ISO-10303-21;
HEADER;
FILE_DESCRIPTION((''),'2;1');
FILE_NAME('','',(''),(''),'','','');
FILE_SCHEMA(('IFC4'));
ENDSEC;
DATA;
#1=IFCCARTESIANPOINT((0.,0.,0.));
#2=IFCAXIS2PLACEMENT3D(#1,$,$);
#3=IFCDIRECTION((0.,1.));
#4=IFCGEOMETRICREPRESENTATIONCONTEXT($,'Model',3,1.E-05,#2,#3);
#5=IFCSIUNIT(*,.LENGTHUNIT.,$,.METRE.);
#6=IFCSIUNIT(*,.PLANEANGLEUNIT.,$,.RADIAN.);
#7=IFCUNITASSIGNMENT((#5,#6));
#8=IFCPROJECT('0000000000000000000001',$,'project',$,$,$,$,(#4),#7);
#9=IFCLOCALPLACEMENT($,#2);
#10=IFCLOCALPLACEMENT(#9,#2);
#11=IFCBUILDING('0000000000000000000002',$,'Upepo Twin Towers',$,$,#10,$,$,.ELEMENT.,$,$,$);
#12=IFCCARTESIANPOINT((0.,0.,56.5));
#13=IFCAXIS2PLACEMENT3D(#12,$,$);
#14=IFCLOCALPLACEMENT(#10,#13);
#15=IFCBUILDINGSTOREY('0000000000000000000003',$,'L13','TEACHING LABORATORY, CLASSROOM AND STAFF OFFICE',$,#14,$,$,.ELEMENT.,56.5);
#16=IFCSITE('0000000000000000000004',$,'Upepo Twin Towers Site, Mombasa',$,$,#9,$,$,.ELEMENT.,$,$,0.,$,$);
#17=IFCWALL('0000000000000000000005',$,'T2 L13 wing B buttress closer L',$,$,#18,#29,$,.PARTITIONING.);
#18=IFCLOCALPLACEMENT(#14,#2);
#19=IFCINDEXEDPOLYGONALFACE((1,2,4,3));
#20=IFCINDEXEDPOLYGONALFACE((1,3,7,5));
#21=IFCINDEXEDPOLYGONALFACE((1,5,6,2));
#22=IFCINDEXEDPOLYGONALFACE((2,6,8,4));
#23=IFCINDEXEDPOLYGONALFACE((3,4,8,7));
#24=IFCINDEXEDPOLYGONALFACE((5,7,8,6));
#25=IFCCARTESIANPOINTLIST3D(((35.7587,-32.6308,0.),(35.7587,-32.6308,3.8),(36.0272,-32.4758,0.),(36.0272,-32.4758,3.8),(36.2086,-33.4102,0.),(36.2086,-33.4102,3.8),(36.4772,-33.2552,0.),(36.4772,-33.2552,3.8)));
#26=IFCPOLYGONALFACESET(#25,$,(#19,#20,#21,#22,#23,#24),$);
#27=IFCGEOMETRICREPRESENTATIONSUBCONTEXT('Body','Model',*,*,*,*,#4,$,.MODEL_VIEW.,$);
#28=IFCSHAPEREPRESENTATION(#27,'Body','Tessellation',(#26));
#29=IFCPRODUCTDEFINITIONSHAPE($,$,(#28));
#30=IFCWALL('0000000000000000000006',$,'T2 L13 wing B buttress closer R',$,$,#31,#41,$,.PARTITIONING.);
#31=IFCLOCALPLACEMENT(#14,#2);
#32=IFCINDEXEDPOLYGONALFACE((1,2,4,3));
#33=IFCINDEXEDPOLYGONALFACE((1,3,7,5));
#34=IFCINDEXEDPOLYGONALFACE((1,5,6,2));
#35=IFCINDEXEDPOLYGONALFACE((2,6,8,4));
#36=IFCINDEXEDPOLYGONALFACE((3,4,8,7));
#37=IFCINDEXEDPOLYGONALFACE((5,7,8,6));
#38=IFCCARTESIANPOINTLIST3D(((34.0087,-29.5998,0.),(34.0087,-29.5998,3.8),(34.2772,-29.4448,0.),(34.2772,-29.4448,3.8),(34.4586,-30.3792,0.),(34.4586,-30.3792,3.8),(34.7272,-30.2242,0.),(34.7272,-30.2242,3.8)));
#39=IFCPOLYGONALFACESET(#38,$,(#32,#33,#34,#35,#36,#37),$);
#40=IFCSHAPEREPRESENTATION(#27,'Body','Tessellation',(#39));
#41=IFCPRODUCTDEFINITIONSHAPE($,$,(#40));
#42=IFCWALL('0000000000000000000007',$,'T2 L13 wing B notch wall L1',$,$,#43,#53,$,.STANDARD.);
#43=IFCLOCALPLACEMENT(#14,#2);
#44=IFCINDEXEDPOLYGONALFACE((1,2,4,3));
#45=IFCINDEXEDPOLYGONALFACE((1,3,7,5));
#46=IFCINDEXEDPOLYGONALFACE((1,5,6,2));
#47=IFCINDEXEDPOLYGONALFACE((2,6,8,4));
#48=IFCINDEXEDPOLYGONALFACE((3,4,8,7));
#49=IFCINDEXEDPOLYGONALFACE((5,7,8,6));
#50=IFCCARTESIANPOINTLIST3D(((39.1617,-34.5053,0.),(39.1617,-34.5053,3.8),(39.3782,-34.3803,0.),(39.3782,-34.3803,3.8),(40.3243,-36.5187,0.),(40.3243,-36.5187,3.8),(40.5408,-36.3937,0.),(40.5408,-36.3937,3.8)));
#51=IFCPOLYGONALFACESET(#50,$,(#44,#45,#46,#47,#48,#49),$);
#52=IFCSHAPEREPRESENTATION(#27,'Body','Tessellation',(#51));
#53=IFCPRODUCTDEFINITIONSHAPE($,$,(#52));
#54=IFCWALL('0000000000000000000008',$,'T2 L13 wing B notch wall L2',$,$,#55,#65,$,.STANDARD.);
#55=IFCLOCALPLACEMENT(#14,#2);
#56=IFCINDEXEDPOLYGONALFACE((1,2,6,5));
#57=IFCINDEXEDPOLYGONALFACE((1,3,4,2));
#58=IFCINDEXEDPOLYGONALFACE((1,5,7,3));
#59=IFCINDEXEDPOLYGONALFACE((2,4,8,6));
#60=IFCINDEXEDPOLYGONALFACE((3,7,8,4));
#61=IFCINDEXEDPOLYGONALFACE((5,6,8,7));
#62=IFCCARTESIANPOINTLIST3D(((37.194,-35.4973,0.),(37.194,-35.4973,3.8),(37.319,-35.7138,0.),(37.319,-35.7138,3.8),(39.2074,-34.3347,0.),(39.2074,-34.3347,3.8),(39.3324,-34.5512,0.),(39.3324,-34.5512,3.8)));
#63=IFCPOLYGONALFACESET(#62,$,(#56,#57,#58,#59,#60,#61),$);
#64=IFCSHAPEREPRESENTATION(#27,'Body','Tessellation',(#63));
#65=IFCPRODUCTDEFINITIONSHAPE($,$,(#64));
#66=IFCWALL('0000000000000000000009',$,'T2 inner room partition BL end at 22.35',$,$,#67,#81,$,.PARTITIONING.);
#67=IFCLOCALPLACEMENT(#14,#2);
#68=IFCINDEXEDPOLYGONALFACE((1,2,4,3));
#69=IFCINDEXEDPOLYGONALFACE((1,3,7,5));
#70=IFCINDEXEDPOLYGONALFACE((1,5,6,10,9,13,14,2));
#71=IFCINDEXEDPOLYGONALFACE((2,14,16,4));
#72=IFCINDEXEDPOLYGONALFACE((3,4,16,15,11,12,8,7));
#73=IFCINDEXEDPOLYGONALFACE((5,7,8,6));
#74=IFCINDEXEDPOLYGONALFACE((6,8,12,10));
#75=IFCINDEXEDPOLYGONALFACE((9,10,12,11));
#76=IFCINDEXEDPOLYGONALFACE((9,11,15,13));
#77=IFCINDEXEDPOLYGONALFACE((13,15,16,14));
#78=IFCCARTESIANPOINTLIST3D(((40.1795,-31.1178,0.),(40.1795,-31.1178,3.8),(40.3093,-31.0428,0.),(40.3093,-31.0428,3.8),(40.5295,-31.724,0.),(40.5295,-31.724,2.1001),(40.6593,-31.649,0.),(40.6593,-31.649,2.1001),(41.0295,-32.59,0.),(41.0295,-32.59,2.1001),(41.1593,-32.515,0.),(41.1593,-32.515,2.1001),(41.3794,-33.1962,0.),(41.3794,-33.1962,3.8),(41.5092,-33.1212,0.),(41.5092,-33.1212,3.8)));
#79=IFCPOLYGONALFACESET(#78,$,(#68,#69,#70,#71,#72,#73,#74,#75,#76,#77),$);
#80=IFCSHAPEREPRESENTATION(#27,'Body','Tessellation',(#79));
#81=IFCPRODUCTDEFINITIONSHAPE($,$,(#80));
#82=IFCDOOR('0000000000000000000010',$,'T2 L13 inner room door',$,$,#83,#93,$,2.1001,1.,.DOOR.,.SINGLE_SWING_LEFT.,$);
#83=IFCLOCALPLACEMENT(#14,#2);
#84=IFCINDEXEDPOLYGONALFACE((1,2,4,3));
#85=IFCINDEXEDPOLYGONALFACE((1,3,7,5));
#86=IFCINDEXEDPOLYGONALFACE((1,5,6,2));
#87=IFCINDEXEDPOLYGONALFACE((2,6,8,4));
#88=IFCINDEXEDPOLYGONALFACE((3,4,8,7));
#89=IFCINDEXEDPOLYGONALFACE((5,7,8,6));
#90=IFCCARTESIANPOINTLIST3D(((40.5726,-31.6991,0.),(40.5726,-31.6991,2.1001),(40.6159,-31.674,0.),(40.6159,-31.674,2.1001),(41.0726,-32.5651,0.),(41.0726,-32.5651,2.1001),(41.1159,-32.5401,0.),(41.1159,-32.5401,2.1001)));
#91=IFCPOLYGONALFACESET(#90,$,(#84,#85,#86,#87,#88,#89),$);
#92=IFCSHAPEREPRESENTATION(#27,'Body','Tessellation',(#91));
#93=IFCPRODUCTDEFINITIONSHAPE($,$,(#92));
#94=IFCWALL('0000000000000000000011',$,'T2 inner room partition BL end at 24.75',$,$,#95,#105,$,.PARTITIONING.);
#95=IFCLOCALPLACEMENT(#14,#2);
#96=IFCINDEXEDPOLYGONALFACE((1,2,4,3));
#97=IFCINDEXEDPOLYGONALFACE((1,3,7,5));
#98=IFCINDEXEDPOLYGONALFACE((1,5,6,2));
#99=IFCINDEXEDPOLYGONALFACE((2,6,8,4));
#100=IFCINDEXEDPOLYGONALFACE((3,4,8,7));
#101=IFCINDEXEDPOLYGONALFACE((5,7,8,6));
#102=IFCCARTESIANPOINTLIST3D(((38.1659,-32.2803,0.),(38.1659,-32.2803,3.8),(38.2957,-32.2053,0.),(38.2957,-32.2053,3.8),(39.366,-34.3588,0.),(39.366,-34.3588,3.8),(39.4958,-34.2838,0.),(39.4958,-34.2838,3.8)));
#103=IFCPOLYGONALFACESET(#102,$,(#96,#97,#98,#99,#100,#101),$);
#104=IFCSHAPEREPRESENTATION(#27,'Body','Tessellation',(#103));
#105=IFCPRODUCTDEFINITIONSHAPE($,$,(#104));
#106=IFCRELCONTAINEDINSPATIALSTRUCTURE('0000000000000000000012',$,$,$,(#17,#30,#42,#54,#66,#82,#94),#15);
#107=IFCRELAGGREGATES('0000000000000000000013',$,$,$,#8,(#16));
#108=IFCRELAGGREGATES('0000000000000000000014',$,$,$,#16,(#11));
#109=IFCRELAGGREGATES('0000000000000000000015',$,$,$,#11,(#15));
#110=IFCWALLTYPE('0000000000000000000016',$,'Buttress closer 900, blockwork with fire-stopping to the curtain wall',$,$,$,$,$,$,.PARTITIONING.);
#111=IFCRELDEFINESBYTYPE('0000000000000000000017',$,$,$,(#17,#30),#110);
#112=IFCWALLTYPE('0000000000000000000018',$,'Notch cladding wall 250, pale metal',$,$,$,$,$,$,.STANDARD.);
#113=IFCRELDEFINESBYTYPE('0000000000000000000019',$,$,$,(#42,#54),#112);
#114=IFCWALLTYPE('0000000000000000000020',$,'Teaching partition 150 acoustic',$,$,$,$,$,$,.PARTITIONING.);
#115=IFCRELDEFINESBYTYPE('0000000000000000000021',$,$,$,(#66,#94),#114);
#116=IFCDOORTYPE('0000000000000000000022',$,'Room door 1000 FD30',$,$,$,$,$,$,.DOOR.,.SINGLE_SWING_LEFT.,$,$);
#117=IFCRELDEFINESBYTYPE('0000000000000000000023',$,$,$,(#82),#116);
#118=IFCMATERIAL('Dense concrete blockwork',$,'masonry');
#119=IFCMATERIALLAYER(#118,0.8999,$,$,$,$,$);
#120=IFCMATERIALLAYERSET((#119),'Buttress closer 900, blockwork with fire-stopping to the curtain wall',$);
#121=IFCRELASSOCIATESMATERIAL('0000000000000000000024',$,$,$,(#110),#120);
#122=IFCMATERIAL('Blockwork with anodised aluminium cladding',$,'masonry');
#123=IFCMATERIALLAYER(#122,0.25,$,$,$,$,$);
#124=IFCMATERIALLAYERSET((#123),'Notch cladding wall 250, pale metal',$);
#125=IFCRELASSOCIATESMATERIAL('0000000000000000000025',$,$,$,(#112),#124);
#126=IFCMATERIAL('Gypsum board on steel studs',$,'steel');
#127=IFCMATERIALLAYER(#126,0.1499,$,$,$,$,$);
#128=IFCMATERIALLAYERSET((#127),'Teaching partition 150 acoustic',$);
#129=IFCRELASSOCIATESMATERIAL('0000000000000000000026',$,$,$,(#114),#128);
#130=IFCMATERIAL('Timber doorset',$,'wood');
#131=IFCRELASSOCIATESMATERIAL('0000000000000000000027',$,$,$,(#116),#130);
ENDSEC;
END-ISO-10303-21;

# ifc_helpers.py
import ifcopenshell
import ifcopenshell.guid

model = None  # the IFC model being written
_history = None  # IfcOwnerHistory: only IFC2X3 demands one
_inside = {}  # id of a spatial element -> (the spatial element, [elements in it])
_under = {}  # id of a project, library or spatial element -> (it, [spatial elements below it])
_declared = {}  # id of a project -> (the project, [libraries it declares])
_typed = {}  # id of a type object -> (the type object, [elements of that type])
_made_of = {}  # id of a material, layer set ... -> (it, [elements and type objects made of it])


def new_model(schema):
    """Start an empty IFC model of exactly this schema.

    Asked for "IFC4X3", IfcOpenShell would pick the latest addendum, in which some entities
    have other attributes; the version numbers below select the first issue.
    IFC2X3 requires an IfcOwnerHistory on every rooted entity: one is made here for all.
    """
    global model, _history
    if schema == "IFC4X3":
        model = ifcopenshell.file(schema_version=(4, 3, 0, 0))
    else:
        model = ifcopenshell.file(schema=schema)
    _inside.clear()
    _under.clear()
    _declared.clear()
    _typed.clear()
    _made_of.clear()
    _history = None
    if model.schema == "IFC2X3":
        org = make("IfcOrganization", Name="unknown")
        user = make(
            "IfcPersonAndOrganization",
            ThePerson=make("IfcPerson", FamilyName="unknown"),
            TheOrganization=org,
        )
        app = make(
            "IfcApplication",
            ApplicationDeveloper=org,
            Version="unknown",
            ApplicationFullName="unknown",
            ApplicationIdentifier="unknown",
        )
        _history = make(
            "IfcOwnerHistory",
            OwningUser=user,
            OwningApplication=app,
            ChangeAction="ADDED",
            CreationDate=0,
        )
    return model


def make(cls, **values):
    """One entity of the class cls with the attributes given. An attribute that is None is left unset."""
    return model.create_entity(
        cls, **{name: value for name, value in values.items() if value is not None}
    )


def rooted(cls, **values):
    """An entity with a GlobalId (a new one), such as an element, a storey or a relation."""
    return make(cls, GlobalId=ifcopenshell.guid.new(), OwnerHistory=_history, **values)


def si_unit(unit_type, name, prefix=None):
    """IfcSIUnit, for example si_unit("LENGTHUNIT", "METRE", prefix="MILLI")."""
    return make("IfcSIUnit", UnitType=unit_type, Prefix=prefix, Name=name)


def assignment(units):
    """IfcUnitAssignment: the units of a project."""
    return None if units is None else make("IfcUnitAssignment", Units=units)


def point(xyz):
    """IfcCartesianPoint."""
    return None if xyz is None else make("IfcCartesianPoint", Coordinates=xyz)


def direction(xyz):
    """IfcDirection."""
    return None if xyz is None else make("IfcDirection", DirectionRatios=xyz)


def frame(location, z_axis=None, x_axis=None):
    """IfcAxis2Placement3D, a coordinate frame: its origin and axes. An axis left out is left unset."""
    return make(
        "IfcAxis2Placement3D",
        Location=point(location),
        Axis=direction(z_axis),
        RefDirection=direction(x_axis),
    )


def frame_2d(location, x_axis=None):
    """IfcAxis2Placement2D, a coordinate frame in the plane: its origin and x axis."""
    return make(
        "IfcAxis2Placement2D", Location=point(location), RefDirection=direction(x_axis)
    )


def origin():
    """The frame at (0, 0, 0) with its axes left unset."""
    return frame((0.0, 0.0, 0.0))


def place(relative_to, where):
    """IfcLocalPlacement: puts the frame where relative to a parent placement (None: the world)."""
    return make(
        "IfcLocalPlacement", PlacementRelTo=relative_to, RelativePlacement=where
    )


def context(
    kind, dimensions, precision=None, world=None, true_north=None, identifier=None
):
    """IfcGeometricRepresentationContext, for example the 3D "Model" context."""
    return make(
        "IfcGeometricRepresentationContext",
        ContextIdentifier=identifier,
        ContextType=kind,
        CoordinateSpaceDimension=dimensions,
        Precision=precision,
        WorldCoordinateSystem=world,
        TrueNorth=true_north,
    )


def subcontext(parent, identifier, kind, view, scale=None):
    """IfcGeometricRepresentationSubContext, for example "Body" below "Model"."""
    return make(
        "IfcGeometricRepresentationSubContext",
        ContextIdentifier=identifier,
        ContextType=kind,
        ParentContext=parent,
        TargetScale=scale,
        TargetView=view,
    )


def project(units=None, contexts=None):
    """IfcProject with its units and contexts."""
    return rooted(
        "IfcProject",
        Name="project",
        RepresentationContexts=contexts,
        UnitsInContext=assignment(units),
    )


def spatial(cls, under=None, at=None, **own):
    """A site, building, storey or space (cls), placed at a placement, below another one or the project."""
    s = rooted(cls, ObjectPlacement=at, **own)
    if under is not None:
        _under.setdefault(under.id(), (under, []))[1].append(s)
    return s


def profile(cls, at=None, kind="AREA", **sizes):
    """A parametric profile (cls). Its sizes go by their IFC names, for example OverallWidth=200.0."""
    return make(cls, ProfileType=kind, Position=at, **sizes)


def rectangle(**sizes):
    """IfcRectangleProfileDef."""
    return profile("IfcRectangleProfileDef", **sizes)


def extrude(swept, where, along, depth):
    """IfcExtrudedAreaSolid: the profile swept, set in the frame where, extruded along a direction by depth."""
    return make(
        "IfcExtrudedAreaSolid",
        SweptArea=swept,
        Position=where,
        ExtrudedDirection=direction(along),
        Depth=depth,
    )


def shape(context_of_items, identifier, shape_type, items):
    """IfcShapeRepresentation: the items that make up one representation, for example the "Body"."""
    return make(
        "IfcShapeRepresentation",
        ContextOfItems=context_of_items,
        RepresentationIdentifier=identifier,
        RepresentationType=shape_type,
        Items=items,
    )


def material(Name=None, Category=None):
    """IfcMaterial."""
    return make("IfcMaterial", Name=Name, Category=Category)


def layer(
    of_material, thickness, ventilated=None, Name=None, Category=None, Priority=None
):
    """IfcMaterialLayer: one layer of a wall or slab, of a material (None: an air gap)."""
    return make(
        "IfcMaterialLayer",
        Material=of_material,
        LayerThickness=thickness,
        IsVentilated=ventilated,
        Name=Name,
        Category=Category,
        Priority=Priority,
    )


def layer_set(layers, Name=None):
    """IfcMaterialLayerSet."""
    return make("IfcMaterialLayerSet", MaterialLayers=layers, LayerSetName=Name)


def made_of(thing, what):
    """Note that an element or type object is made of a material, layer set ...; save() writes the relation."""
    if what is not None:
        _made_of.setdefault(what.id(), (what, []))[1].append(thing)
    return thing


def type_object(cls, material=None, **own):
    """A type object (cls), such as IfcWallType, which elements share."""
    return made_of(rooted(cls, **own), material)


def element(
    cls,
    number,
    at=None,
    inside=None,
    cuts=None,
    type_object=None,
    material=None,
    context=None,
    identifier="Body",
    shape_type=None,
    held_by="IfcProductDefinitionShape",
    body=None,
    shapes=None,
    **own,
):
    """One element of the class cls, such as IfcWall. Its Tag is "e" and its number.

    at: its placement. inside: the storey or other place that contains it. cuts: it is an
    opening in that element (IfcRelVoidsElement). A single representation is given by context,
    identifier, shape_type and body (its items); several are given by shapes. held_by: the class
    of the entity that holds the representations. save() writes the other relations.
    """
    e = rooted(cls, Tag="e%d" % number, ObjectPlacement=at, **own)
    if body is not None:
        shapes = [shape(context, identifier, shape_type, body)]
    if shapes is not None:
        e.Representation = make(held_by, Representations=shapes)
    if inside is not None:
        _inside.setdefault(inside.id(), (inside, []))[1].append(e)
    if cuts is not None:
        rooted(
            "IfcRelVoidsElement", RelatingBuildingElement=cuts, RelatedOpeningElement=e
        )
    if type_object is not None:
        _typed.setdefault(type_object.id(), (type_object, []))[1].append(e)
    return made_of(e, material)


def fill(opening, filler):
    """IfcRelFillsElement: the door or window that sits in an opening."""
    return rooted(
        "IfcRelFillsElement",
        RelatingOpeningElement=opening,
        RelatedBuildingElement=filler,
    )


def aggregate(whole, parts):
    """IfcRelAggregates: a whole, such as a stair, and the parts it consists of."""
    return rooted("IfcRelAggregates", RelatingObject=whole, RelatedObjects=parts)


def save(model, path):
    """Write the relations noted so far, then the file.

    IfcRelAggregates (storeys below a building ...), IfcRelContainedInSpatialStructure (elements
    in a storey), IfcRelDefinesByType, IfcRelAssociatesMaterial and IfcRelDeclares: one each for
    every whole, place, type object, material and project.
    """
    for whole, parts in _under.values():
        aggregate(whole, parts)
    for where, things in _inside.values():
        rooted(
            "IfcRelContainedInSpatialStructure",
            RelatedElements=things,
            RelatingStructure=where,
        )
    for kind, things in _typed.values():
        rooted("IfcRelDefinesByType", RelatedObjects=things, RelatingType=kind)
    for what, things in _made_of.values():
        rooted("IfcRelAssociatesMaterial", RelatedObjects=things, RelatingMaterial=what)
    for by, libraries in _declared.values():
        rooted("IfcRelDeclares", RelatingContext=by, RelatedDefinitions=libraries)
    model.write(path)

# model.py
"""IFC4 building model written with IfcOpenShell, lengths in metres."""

from ifc_helpers import new_model, si_unit, direction, frame, frame_2d, origin, place, context, subcontext, project, spatial, rectangle, extrude, material, layer, layer_set, type_object, element, fill, save


model = new_model("IFC4")

# Units and contexts
model_context = context("Model", 3, precision=1e-05, world=origin(), true_north=direction((0.0, 1.0)))
body_context = subcontext(model_context, "Body", "Model", "MODEL_VIEW")
ifc_project = project(units=[si_unit("LENGTHUNIT", "METRE"), si_unit("PLANEANGLEUNIT", "RADIAN")], contexts=[model_context])

# Site, building, storey
site_placement = place(None, origin())
site = spatial("IfcSite", under=ifc_project, at=site_placement, Name="Upepo Twin Towers Site, Mombasa", CompositionType="ELEMENT", RefElevation=0.0)
building_placement = place(site_placement, origin())
building = spatial("IfcBuilding", under=site, at=building_placement, Name="Upepo Twin Towers", CompositionType="ELEMENT")
storey_placement = place(building_placement, frame((0.0, 0.0, 56.5)))
storey = spatial("IfcBuildingStorey", under=building, at=storey_placement, Name="L13", Description="TEACHING LABORATORY, CLASSROOM AND STAFF OFFICE", CompositionType="ELEMENT", Elevation=56.5)

# Walls
ifc_material_1 = material(Name="Dense concrete blockwork", Category="masonry")
ifc_layer_1 = layer(ifc_material_1, 0.8999)
ifc_layer_set_1 = layer_set([ifc_layer_1], Name="Buttress closer 900, blockwork with fire-stopping to the curtain wall")
wall_type_1 = type_object("IfcWallType", Name="Buttress closer 900, blockwork with fire-stopping to the curtain wall", PredefinedType="PARTITIONING", material=ifc_layer_set_1)
for number, where, z_axis, x_axis, name in (
    (1, (36.2522, -32.8655, 0.0), (0.0, 0.0, 1.0), (-0.866054, -0.49995, 0.0), "T2 L13 wing B buttress closer L"),
    (2, (34.5022, -29.8345, 0.0), (0.0, 0.0, 1.0), (-0.866054, -0.49995, 0.0), "T2 L13 wing B buttress closer R"),
):
    element("IfcWall", number, at=place(storey_placement, frame(where, z_axis=z_axis, x_axis=x_axis)), inside=storey, type_object=wall_type_1, Name=name, PredefinedType="PARTITIONING", context=body_context, shape_type="SweptSolid", body=[
        extrude(rectangle(XDim=0.3101, YDim=0.8999, at=frame_2d((0.155, 0.0))), origin(), (0.0, 0.0, 1.0), 3.8),
    ])
ifc_material_2 = material(Name="Blockwork with anodised aluminium cladding", Category="masonry")
ifc_layer_2 = layer(ifc_material_2, 0.25)
ifc_layer_set_2 = layer_set([ifc_layer_2], Name="Notch cladding wall 250, pale metal")
wall_type_2 = type_object("IfcWallType", Name="Notch cladding wall 250, pale metal", PredefinedType="STANDARD", material=ifc_layer_set_2)
for number, where, z_axis, x_axis, name in (
    (3, (40.4326, -36.4563, 0.0), (0.0, 0.0, 1.0), (-0.500047, 0.865998, 0.0), "T2 L13 wing B notch wall L1"),
    (4, (39.27, -34.4429, 0.0), (0.0, 0.0, 1.0), (-0.865998, -0.500047, 0.0), "T2 L13 wing B notch wall L2"),
):
    element("IfcWall", number, at=place(storey_placement, frame(where, z_axis=z_axis, x_axis=x_axis)), inside=storey, type_object=wall_type_2, Name=name, PredefinedType="STANDARD", context=body_context, shape_type="SweptSolid", body=[
        extrude(rectangle(XDim=2.325, YDim=0.25, at=frame_2d((1.1626, 0.0))), origin(), (0.0, 0.0, 1.0), 3.8),
    ])

# Wall, opening, door
ifc_material_3 = material(Name="Gypsum board on steel studs", Category="steel")
ifc_layer_3 = layer(ifc_material_3, 0.1499)
ifc_layer_set_3 = layer_set([ifc_layer_3], Name="Teaching partition 150 acoustic")
wall_type_3 = type_object("IfcWallType", Name="Teaching partition 150 acoustic", PredefinedType="PARTITIONING", material=ifc_layer_set_3)
wall_1_placement = place(storey_placement, frame((40.2444, -31.0803, 0.0), z_axis=(0.0, 0.0, 1.0), x_axis=(0.500001, -0.866025, 0.0)))
wall_1 = element("IfcWall", 5, at=wall_1_placement, inside=storey, type_object=wall_type_3, Name="T2 inner room partition BL end at 22.35", PredefinedType="PARTITIONING", context=body_context, shape_type="SweptSolid", body=[
    extrude(rectangle(XDim=2.3999, YDim=0.1499, at=frame_2d((1.2, 0.0))), origin(), (0.0, 0.0, 1.0), 3.8),
])
opening_placement = place(wall_1_placement, frame((0.7, 0.0, 0.0)))
opening = element("IfcOpeningElement", 6, at=opening_placement, cuts=wall_1, PredefinedType="OPENING", context=body_context, shape_type="SweptSolid", body=[
    extrude(rectangle(XDim=1.0, YDim=2.1001, at=frame_2d((0.5, 1.05))), frame((0.0, 0.085, 0.0), z_axis=(0.0, -1.0, 0.0), x_axis=(1.0, 0.0, 0.0)), (0.0, 0.0, 1.0), 0.1699),
])
ifc_material_4 = material(Name="Timber doorset", Category="wood")
door_type = type_object("IfcDoorType", Name="Room door 1000 FD30", OperationType="SINGLE_SWING_LEFT", PredefinedType="DOOR", material=ifc_material_4)
door_placement = place(opening_placement, origin())
door = element("IfcDoor", 7, at=door_placement, inside=storey, type_object=door_type, Name="T2 L13 inner room door", OperationType="SINGLE_SWING_LEFT", OverallHeight=2.1001, OverallWidth=1.0, PredefinedType="DOOR", context=body_context, shape_type="SweptSolid", body=[
    extrude(rectangle(XDim=1.0, YDim=2.1001, at=frame_2d((0.5, 1.05))), frame((0.0, 0.0249, 0.0), z_axis=(0.0, -1.0, 0.0), x_axis=(1.0, 0.0, 0.0)), (0.0, 0.0, 1.0), 0.05),
])
fill(opening, door)

# Wall
wall_2_placement = place(storey_placement, frame((38.2307, -32.2427, 0.0), z_axis=(0.0, 0.0, 1.0), x_axis=(0.500034, -0.866006, 0.0)))
element("IfcWall", 8, at=wall_2_placement, inside=storey, type_object=wall_type_3, Name="T2 inner room partition BL end at 24.75", PredefinedType="PARTITIONING", context=body_context, shape_type="SweptSolid", body=[
    extrude(rectangle(XDim=2.4001, YDim=0.1499, at=frame_2d((1.2002, 0.0))), origin(), (0.0, 0.0, 1.0), 3.8),
])

save(model, "model.ifc")
